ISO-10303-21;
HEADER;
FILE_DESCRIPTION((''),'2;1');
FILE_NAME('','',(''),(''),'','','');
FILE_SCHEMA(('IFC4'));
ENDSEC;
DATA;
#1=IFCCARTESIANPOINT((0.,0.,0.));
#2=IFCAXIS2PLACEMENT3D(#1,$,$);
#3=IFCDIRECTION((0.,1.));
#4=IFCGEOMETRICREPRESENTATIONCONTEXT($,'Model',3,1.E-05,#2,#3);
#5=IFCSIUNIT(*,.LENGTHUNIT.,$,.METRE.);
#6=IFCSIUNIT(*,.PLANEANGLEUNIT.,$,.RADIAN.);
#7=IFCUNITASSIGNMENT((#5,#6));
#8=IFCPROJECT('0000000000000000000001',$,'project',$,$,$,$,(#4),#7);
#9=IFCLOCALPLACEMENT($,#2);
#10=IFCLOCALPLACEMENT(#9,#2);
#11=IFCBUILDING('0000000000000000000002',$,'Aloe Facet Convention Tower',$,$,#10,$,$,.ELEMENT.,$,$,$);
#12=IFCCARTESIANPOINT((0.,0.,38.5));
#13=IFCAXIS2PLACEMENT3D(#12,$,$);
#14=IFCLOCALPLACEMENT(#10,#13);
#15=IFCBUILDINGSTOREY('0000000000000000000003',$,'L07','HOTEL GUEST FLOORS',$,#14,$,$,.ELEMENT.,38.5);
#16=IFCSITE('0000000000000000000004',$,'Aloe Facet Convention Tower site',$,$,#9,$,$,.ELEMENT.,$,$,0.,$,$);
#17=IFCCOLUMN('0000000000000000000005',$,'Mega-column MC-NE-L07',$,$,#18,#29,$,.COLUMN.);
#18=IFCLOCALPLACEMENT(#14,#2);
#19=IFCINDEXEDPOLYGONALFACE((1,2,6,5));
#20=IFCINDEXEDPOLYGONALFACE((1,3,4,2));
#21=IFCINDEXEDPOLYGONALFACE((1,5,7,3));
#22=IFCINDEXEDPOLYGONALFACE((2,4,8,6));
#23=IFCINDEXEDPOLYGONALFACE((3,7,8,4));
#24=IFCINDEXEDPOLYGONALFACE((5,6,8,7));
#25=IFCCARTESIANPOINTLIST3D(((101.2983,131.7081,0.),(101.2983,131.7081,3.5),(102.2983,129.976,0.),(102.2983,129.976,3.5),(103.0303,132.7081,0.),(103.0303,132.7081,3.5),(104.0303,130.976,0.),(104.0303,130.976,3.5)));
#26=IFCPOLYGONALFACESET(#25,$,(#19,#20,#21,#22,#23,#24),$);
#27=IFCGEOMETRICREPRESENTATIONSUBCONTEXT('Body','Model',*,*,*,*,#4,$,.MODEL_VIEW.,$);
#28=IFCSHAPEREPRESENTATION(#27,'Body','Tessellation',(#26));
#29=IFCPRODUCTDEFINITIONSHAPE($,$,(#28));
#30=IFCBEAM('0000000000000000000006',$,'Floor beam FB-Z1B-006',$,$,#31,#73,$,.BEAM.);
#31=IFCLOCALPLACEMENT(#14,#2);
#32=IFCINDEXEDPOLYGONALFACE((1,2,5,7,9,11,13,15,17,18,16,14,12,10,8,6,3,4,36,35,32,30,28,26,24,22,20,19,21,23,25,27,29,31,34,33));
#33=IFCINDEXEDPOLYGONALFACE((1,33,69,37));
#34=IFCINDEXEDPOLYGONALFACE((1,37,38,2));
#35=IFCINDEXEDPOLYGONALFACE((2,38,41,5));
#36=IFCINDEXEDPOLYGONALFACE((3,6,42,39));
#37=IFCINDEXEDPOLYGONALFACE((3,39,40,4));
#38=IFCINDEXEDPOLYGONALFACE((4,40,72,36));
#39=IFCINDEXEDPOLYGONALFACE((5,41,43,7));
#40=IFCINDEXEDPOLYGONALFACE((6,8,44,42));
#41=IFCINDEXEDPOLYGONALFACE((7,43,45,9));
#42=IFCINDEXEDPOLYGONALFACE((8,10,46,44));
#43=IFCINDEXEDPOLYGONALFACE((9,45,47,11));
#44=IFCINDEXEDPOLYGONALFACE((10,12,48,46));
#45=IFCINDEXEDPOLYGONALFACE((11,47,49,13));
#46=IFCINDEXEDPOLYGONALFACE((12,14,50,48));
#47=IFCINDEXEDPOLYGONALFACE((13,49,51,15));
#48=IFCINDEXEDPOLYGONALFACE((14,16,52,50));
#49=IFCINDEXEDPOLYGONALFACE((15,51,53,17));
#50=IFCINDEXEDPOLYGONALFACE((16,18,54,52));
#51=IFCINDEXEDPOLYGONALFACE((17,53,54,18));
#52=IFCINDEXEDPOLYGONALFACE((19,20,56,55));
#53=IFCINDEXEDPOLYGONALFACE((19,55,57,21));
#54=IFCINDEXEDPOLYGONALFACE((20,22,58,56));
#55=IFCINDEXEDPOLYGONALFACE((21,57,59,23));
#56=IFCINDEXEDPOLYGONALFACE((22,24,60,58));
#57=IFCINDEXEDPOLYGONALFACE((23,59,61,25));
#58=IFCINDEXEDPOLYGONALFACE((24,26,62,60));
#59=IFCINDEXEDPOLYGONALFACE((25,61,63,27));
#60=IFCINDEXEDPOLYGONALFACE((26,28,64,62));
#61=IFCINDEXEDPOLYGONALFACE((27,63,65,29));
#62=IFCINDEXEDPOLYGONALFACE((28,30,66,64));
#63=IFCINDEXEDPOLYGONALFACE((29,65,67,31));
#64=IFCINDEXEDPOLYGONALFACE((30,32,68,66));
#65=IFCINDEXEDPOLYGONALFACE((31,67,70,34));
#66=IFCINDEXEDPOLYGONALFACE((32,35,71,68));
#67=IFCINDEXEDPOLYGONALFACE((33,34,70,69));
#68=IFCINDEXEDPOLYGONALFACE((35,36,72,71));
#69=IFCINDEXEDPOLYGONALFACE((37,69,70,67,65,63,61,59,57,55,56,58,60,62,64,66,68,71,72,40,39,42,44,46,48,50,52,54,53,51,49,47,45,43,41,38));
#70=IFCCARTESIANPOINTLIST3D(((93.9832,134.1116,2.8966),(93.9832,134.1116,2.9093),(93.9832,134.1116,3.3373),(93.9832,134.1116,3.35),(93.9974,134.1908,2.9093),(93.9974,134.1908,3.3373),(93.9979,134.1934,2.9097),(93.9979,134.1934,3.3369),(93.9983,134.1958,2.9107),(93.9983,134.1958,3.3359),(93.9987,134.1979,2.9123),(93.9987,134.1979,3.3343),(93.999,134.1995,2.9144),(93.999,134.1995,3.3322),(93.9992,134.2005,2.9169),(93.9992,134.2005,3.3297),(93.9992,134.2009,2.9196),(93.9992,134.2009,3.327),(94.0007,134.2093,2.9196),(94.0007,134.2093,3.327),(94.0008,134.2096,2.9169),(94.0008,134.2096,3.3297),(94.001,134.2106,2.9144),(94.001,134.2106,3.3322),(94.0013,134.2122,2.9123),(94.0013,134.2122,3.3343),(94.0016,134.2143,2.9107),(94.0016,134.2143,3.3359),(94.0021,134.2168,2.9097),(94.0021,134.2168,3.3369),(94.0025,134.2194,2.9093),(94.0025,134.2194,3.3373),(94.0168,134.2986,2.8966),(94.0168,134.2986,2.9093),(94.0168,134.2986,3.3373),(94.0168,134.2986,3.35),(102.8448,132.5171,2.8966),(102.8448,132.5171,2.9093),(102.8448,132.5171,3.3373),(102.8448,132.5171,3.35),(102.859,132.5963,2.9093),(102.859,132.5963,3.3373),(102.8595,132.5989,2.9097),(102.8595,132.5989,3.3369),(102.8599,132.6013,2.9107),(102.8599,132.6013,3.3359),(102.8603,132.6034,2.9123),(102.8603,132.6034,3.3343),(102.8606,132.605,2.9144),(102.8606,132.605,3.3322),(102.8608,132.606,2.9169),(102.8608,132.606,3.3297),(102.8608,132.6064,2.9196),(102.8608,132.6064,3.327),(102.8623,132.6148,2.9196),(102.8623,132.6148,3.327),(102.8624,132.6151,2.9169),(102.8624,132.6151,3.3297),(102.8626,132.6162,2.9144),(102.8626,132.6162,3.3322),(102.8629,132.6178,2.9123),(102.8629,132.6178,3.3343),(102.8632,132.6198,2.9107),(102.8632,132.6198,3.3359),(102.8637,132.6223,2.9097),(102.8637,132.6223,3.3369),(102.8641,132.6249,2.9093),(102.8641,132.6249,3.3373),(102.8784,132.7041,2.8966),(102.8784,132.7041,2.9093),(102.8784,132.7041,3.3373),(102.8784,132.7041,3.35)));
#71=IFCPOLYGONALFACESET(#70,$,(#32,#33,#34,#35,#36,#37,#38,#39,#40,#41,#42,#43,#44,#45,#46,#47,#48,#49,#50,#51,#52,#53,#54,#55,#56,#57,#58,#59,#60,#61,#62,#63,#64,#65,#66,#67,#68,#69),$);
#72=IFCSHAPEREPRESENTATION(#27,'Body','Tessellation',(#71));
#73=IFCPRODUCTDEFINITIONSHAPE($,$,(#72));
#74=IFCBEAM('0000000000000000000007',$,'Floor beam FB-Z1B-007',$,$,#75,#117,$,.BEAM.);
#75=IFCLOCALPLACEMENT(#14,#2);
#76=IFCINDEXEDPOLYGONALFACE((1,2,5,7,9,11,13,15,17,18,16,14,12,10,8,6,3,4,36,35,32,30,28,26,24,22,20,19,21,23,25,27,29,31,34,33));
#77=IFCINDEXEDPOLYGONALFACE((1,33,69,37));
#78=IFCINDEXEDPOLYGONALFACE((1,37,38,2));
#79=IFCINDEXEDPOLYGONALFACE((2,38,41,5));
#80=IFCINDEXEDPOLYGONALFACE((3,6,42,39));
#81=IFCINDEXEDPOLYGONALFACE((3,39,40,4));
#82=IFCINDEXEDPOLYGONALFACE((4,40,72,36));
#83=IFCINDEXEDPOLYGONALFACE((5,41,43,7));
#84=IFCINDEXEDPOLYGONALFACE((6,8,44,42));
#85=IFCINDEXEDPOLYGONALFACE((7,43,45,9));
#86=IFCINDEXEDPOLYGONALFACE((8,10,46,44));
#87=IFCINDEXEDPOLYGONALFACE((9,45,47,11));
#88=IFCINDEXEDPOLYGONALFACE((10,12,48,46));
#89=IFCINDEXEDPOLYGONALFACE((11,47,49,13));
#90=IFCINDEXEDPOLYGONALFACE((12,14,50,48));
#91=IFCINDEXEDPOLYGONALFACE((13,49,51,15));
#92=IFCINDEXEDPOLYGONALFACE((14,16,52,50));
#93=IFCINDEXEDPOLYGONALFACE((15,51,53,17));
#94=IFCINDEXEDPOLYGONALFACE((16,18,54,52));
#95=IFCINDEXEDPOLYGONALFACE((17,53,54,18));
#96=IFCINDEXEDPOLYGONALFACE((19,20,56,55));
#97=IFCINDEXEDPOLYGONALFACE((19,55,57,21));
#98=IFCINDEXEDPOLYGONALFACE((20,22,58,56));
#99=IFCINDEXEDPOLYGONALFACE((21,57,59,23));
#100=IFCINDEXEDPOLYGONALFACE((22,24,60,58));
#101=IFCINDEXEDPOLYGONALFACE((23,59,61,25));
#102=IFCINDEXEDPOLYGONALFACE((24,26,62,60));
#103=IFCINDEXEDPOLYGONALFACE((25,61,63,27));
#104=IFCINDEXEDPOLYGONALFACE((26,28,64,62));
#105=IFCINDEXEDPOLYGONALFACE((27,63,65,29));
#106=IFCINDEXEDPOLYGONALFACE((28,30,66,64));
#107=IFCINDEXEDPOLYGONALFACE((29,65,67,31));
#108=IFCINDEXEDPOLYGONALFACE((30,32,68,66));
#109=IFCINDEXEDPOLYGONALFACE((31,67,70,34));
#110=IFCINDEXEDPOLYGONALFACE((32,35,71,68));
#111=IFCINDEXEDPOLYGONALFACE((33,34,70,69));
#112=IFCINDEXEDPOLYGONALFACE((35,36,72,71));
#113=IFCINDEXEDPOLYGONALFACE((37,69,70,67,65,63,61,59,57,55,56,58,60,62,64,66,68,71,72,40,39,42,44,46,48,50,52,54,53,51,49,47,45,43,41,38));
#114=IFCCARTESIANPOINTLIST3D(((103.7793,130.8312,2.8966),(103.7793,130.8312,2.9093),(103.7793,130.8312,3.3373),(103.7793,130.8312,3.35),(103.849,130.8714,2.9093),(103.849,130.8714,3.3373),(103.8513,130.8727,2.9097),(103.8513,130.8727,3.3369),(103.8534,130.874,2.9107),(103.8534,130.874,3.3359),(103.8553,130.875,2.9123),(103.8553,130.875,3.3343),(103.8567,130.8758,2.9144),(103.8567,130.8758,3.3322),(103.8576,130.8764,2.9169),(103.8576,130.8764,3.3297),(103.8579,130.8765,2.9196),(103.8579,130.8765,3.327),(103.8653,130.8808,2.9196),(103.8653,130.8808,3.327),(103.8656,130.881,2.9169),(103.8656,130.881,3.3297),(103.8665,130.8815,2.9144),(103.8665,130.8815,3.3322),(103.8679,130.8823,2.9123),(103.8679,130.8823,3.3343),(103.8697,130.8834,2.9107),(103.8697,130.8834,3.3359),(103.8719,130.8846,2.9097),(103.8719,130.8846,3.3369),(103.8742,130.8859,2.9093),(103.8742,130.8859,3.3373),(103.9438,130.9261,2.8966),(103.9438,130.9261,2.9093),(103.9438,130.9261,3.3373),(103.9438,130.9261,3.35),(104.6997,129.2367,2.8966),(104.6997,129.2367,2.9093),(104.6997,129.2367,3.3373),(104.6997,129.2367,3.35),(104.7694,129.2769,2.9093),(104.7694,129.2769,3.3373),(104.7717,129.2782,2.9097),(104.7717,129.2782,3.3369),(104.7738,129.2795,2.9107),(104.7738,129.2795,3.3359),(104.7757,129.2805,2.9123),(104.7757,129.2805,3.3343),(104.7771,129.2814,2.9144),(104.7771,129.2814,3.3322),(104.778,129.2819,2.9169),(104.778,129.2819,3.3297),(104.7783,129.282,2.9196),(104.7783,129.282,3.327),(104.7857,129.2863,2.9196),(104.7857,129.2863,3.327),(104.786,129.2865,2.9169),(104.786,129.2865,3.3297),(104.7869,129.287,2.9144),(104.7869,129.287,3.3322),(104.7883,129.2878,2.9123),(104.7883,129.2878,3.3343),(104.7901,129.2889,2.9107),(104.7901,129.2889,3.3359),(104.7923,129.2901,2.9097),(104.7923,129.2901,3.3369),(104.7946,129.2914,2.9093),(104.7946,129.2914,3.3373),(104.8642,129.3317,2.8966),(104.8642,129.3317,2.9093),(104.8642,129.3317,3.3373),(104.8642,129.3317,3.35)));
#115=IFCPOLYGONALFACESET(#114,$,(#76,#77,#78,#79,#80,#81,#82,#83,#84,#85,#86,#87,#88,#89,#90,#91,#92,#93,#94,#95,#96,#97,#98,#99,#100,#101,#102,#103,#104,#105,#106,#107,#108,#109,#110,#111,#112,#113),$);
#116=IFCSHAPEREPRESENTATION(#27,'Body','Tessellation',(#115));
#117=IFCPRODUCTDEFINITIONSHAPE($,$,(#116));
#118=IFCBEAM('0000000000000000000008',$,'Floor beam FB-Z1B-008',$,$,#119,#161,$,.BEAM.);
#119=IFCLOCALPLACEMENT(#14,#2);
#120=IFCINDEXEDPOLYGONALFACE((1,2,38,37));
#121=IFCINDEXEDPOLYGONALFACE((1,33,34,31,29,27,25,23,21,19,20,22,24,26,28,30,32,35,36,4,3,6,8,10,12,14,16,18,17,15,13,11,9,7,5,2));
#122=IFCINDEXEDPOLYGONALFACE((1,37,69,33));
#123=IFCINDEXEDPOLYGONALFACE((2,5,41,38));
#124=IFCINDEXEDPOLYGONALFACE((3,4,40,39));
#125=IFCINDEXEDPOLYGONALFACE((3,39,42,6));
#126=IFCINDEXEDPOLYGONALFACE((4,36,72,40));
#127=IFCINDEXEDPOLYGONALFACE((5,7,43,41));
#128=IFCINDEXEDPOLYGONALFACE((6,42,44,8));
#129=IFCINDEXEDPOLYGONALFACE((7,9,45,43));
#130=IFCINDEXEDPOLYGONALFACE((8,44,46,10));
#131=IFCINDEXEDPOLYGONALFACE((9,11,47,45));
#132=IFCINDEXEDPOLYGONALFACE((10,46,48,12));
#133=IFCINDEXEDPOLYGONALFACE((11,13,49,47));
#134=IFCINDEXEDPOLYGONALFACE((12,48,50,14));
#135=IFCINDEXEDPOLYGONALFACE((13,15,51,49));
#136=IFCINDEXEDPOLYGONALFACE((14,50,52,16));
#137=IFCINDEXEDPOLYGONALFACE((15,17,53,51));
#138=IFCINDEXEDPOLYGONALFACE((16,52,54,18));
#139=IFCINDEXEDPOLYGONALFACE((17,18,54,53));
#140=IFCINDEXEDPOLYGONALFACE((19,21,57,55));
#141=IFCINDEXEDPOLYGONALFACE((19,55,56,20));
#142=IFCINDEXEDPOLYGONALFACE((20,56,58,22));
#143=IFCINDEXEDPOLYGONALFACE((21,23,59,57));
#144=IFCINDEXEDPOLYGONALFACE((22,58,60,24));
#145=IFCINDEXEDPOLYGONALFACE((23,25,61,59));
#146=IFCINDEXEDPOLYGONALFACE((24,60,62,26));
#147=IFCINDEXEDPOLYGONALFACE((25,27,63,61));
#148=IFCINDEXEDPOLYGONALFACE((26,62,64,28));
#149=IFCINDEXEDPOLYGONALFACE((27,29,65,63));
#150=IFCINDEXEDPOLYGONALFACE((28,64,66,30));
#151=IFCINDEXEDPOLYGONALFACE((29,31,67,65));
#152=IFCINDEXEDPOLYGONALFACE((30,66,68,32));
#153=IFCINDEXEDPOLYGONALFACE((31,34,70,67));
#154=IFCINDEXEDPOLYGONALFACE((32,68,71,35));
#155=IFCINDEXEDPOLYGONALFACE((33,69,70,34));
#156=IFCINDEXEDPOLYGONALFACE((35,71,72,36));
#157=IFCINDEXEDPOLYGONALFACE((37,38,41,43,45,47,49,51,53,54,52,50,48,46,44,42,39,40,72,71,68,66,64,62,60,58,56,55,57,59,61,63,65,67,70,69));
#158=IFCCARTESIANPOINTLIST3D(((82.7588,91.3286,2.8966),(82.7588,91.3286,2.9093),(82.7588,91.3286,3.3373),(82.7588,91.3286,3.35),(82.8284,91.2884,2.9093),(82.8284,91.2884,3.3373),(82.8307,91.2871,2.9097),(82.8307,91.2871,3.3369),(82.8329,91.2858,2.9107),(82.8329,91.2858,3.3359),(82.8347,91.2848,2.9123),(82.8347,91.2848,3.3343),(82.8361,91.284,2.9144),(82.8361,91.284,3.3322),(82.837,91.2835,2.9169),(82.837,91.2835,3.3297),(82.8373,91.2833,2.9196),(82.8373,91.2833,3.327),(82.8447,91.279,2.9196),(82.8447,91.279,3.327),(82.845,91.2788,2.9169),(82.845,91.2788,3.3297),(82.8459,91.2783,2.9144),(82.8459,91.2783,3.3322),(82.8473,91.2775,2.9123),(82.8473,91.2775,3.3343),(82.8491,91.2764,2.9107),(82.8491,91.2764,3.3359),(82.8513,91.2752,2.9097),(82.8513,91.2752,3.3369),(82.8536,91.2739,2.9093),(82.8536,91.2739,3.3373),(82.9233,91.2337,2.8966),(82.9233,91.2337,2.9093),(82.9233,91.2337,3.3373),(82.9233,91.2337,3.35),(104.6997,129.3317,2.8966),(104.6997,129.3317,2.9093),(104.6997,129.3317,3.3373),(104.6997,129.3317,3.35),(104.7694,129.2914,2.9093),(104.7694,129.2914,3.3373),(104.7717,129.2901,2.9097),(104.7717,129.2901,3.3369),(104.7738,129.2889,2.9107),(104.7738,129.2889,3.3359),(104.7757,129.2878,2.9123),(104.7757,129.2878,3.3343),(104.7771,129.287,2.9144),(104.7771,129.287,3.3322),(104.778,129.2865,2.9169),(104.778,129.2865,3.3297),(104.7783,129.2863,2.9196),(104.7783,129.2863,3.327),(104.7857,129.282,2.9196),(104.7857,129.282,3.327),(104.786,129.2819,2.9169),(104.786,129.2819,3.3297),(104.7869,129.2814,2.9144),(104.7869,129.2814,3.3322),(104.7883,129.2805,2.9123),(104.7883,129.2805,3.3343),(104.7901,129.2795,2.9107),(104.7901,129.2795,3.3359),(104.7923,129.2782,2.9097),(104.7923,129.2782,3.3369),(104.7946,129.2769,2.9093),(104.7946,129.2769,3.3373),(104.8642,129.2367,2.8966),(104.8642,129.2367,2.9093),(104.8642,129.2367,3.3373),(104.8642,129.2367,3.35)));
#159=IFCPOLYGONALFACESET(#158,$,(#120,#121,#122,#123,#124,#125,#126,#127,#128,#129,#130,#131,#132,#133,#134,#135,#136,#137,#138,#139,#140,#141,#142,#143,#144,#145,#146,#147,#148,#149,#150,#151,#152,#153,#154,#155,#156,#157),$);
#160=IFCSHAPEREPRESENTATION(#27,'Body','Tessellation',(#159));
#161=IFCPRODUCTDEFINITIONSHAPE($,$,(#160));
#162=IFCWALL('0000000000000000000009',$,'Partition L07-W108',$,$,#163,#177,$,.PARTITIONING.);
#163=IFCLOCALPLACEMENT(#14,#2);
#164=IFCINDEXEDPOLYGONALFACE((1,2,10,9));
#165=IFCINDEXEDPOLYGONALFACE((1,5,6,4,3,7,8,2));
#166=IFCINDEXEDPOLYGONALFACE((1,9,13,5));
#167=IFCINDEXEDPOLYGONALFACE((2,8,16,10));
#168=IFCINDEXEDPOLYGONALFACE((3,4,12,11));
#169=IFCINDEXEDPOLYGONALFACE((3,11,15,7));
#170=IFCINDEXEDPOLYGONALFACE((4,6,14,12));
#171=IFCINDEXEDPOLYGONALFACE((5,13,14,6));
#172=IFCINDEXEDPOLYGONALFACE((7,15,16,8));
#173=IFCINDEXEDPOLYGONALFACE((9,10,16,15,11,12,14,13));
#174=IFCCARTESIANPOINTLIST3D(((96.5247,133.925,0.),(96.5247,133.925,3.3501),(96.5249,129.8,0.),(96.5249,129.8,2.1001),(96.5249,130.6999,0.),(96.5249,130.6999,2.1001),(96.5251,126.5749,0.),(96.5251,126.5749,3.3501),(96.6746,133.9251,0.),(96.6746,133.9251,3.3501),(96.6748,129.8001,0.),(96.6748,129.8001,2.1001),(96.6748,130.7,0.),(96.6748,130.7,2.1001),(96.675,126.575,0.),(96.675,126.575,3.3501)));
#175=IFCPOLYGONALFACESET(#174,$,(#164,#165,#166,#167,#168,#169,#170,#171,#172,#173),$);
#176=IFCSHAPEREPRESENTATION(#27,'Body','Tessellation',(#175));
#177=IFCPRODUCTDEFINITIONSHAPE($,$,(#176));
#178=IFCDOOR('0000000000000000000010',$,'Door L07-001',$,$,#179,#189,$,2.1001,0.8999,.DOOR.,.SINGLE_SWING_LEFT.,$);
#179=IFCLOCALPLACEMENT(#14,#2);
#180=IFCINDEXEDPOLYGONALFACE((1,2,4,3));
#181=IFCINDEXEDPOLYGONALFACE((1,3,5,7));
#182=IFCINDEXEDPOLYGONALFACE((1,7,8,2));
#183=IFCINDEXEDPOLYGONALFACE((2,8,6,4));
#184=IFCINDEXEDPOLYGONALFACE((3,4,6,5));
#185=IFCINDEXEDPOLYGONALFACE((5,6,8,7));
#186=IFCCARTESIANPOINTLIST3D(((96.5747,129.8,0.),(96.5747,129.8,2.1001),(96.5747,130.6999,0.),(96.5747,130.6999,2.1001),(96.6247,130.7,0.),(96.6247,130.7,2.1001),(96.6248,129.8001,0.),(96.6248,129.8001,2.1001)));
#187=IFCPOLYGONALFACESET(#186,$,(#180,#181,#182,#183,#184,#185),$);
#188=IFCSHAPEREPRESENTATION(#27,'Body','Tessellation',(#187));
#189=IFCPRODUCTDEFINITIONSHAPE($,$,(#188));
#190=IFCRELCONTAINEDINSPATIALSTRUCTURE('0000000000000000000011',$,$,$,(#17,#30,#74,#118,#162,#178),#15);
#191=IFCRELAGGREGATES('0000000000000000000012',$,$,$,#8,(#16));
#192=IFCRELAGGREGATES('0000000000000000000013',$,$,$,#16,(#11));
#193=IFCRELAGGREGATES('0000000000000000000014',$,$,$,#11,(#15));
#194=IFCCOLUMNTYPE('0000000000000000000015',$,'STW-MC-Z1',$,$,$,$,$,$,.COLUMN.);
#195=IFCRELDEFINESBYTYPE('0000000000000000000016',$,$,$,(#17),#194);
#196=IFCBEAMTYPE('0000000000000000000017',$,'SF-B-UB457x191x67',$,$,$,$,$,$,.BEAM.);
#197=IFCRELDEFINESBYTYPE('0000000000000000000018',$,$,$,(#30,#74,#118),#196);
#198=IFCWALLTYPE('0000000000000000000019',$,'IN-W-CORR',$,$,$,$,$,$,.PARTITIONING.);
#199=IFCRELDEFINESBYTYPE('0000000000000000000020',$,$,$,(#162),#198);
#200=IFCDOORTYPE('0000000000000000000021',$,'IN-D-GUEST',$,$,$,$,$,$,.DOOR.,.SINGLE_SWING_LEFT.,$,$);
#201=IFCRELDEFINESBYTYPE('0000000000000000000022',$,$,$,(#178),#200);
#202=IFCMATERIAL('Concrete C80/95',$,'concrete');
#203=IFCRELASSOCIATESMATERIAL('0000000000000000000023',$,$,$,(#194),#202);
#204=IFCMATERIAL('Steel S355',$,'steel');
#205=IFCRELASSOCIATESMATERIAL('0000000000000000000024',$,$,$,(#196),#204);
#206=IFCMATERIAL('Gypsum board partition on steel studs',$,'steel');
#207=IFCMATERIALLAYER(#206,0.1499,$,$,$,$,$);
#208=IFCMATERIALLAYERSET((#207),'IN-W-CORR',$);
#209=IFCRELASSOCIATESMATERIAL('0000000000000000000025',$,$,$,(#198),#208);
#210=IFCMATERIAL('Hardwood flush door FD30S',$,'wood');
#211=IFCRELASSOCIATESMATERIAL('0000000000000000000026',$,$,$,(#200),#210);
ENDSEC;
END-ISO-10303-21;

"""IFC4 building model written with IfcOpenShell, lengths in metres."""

from ifc_helpers import new_model, si_unit, direction, frame, frame_2d, origin, origin_2d, place, context, subcontext, project, spatial, rectangle, i_section, extrude, material, layer, layer_set, material_profile, profile_set, type_object, element, fill, save


model = new_model("IFC4")

# Units and contexts
model_context = context("Model", 3, precision=1e-05, world=origin(), true_north=direction((0.0, 1.0)))
body_context = subcontext(model_context, "Body", "Model", "MODEL_VIEW")
ifc_project = project(units=[si_unit("LENGTHUNIT", "METRE"), si_unit("PLANEANGLEUNIT", "RADIAN")], contexts=[model_context])

# Site, building, storey
site_placement = place(None, origin())
site = spatial("IfcSite", under=ifc_project, at=site_placement, Name="Aloe Facet Convention Tower site", CompositionType="ELEMENT", RefElevation=0.0)
building_placement = place(site_placement, origin())
building = spatial("IfcBuilding", under=site, at=building_placement, Name="Aloe Facet Convention Tower", CompositionType="ELEMENT")
storey_placement = place(building_placement, frame((0.0, 0.0, 38.5)))
storey = spatial("IfcBuildingStorey", under=building, at=storey_placement, Name="L07", Description="HOTEL GUEST FLOORS", CompositionType="ELEMENT", Elevation=38.5)

# Column
ifc_material_1 = material(Name="Concrete C80/95", Category="concrete")
ifc_material_profile_1 = material_profile(ifc_material_1, rectangle(XDim=2.0, YDim=2.0, at=origin_2d()), Name="STW-MC-Z1")
ifc_profile_set_1 = profile_set([ifc_material_profile_1], Name="Concrete C80/95")
column_type = type_object("IfcColumnType", Name="STW-MC-Z1", PredefinedType="COLUMN", material=ifc_profile_set_1)
column_placement = place(storey_placement, frame((102.6643, 131.342, 0.0), z_axis=(0.0, 0.0, 1.0), x_axis=(-0.5, 0.866025, 0.0)))
element("IfcColumn", 1, at=column_placement, inside=storey, type_object=column_type, Name="Mega-column MC-NE-L07", PredefinedType="COLUMN", context=body_context, shape_type="SweptSolid", body=[
    extrude(rectangle(XDim=2.0, YDim=2.0, at=origin_2d()), origin(), (0.0, 0.0, 1.0), 3.5),
])

# Beams
ifc_material_2 = material(Name="Steel S355", Category="steel")
ifc_material_profile_2 = material_profile(ifc_material_2, i_section(OverallWidth=0.1899, OverallDepth=0.4534, WebThickness=0.0085, FlangeThickness=0.0127, FilletRadius=0.0103, at=origin_2d()), Name="UB 457x191x67")
ifc_profile_set_2 = profile_set([ifc_material_profile_2], Name="Steel S355")
beam_type = type_object("IfcBeamType", Name="SF-B-UB457x191x67", PredefinedType="BEAM", material=ifc_profile_set_2)
beam_1_placement = place(storey_placement, frame((102.8616, 132.6106, 3.1233), z_axis=(-0.984195, 0.177088, 0.0), x_axis=(-0.177088, -0.984195, 0.0)))
element("IfcBeam", 2, at=beam_1_placement, inside=storey, type_object=beam_type, Name="Floor beam FB-Z1B-006", PredefinedType="BEAM", context=body_context, shape_type="SweptSolid", body=[
    extrude(i_section(OverallWidth=0.1899, OverallDepth=0.4534, WebThickness=0.0085, FlangeThickness=0.0127, FilletRadius=0.0103, at=origin_2d()), origin(), (0.0, 0.0, 1.0), 9.0039),
])
beam_2_placement = place(storey_placement, frame((103.8616, 130.8787, 3.1233), z_axis=(0.499933, -0.866064, 0.0), x_axis=(0.866064, 0.499933, 0.0)))
element("IfcBeam", 3, at=beam_2_placement, inside=storey, type_object=beam_type, Name="Floor beam FB-Z1B-007", PredefinedType="BEAM", context=body_context, shape_type="SweptSolid", body=[
    extrude(i_section(OverallWidth=0.1899, OverallDepth=0.4534, WebThickness=0.0085, FlangeThickness=0.0127, FilletRadius=0.0103, at=origin_2d()), origin(), (0.0, 0.0, 1.0), 1.8411),
])
beam_3_placement = place(storey_placement, frame((104.782, 129.2842, 3.1233), z_axis=(-0.499999, -0.866026, 0.0), x_axis=(0.866026, -0.499999, 0.0)))
element("IfcBeam", 4, at=beam_3_placement, inside=storey, type_object=beam_type, Name="Floor beam FB-Z1B-008", PredefinedType="BEAM", context=body_context, shape_type="SweptSolid", body=[
    extrude(i_section(OverallWidth=0.1899, OverallDepth=0.4534, WebThickness=0.0085, FlangeThickness=0.0127, FilletRadius=0.0103, at=origin_2d()), origin(), (0.0, 0.0, 1.0), 43.8821),
])

# Wall, opening, door
ifc_material_3 = material(Name="Gypsum board partition on steel studs", Category="steel")
ifc_layer_1 = layer(ifc_material_3, 0.1499)
ifc_layer_set_1 = layer_set([ifc_layer_1], Name="IN-W-CORR")
wall_type_1 = type_object("IfcWallType", Name="IN-W-CORR", PredefinedType="PARTITIONING", material=ifc_layer_set_1)
wall_1_placement = place(storey_placement, frame((96.5996, 133.925, 0.0), z_axis=(0.0, 0.0, 1.0), x_axis=(0.000066, -1.0, 0.0)))
wall_1 = element("IfcWall", 5, at=wall_1_placement, inside=storey, type_object=wall_type_1, Name="Partition L07-W108", PredefinedType="PARTITIONING", context=body_context, shape_type="SweptSolid", body=[
    extrude(rectangle(XDim=7.3501, YDim=0.1499, at=frame_2d((3.675, 0.0))), origin(), (0.0, 0.0, 1.0), 3.3501),
])
opening_1_placement = place(wall_1_placement, frame((3.2251, 0.0, 0.0)))
opening_1 = element("IfcOpeningElement", 6, at=opening_1_placement, cuts=wall_1, PredefinedType="OPENING", context=body_context, shape_type="SweptSolid", body=[
    extrude(rectangle(XDim=0.8999, YDim=2.1001, at=frame_2d((0.45, 1.05))), frame((0.0, 0.085, 0.0), z_axis=(0.0, -1.0, 0.0), x_axis=(1.0, 0.0, 0.0)), (0.0, 0.0, 1.0), 0.1699),
])
ifc_material_4 = material(Name="Hardwood flush door FD30S", Category="wood")
door_type = type_object("IfcDoorType", Name="IN-D-GUEST", OperationType="SINGLE_SWING_LEFT", PredefinedType="DOOR", material=ifc_material_4)
door_placement = place(opening_1_placement, origin())
door = element("IfcDoor", 7, at=door_placement, inside=storey, type_object=door_type, Name="Door L07-001", OperationType="SINGLE_SWING_LEFT", OverallHeight=2.1001, OverallWidth=0.8999, PredefinedType="DOOR", context=body_context, shape_type="SweptSolid", body=[
    extrude(rectangle(XDim=0.8999, YDim=2.1001, at=frame_2d((0.45, 1.05))), frame((0.0, 0.0249, 0.0), z_axis=(0.0, -1.0, 0.0), x_axis=(1.0, 0.0, 0.0)), (0.0, 0.0, 1.0), 0.05),
])
fill(opening_1, door)

save(model, "model.ifc")
